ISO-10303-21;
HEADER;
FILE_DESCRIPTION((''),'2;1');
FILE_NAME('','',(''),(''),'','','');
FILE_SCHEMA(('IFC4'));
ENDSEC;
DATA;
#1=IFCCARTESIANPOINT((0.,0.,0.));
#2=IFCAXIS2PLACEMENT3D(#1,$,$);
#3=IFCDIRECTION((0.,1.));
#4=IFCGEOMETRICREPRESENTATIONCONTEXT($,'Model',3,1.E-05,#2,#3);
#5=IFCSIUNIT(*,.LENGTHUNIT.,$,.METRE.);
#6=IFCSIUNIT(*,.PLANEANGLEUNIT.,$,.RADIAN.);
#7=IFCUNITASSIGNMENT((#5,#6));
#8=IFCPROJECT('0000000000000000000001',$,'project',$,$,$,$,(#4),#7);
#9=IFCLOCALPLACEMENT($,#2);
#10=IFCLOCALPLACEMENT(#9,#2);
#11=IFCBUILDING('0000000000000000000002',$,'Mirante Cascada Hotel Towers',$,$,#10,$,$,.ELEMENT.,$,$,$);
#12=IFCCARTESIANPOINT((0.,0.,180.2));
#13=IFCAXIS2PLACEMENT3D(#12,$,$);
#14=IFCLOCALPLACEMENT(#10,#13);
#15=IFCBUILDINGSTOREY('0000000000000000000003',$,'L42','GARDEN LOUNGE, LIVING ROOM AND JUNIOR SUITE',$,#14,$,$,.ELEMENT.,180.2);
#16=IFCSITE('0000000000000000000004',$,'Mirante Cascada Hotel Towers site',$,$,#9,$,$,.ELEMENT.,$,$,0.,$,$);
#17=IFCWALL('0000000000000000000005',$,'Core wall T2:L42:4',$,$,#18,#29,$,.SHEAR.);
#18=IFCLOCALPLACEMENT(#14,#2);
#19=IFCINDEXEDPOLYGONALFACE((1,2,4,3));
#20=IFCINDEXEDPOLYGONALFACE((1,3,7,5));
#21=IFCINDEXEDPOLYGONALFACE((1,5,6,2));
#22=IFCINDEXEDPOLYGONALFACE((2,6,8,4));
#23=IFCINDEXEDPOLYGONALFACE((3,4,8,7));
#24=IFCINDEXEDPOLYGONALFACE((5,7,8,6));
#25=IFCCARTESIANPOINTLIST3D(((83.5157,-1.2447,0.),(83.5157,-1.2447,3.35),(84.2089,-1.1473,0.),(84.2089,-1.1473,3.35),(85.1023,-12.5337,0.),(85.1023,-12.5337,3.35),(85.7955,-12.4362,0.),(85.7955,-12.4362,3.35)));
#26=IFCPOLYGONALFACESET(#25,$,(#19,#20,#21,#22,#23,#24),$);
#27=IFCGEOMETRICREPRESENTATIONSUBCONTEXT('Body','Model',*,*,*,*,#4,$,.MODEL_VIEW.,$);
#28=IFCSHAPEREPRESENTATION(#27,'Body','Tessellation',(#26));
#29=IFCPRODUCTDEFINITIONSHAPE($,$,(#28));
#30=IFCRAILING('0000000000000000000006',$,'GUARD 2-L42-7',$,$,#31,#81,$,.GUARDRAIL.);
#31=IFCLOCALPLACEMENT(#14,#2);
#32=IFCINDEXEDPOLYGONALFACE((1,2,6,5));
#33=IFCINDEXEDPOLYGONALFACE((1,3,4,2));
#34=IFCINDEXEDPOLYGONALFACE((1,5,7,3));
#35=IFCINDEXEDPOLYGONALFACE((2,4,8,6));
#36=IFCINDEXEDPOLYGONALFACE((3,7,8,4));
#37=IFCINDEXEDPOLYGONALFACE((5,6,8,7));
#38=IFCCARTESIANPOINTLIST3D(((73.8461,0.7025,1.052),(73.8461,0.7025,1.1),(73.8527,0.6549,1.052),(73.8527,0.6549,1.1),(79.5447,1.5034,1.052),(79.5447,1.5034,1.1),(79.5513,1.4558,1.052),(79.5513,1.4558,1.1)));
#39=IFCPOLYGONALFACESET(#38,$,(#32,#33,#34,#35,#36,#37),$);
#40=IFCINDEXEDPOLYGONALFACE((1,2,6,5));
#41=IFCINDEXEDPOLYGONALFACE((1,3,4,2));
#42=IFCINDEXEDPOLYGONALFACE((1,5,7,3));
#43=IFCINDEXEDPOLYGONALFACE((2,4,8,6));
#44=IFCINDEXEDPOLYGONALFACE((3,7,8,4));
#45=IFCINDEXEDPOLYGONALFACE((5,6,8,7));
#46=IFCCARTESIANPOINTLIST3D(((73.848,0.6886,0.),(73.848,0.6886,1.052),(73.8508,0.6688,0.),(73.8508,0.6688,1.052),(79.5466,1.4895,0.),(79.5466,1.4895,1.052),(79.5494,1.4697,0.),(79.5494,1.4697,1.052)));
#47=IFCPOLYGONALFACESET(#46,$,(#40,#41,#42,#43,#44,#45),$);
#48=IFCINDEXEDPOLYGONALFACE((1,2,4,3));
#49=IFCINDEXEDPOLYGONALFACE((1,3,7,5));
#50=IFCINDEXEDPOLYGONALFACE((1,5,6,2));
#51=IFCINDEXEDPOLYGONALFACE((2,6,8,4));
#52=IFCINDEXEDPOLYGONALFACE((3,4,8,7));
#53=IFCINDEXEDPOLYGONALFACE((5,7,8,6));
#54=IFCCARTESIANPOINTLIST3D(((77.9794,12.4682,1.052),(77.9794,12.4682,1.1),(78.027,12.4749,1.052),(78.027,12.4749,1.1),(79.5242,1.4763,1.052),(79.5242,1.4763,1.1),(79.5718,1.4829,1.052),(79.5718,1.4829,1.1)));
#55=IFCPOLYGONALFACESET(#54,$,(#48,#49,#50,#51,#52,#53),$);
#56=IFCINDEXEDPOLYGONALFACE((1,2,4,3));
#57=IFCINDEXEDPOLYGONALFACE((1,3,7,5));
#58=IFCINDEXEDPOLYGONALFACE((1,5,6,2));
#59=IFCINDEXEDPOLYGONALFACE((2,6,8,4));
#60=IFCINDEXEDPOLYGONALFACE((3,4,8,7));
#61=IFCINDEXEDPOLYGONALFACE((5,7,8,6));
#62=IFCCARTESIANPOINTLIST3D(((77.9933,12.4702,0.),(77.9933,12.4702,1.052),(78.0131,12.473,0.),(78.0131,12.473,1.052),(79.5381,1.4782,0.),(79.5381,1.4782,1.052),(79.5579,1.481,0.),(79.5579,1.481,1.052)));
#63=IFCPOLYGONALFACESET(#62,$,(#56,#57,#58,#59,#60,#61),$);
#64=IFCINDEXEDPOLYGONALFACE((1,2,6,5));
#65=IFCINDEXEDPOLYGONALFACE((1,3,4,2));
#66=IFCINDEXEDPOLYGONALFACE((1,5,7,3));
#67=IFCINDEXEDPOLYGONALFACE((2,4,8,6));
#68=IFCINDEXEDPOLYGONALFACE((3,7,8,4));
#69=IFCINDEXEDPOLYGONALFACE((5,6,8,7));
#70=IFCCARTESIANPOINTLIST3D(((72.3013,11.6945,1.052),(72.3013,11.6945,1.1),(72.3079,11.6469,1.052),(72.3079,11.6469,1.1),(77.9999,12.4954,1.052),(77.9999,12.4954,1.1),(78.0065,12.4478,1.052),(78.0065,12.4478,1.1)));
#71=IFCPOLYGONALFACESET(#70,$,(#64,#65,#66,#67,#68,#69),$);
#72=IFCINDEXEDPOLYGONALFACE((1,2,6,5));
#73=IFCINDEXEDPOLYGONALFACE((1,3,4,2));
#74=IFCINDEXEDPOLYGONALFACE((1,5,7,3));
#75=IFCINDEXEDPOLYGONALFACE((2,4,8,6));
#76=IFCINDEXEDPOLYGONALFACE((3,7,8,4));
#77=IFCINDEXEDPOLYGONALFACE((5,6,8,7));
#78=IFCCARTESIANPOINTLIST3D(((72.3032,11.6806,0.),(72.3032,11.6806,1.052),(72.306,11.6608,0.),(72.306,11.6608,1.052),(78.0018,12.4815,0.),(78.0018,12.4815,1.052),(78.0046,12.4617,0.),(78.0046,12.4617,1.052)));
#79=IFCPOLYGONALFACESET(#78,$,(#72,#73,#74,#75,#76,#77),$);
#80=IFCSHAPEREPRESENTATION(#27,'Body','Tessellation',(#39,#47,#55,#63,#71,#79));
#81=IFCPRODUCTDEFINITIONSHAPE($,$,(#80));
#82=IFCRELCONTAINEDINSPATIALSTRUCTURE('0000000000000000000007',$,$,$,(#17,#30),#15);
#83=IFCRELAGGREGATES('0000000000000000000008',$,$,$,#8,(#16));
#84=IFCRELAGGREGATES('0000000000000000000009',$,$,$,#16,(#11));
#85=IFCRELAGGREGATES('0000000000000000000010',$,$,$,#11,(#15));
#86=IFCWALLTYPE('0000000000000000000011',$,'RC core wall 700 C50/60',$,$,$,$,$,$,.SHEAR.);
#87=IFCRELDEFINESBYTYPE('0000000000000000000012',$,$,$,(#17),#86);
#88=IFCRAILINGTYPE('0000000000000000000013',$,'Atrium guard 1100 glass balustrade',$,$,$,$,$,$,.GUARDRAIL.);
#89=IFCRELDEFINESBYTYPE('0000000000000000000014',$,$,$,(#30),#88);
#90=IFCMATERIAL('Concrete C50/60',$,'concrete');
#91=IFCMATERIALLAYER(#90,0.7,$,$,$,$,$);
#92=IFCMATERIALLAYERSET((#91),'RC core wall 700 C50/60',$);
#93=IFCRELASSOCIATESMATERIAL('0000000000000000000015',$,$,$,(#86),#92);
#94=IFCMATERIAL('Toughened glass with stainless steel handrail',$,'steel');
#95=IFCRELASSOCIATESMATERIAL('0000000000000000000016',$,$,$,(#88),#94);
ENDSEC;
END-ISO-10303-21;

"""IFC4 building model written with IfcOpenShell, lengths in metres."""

from ifc_helpers import new_model, si_unit, direction, frame, frame_2d, origin, origin_2d, place, context, subcontext, project, spatial, rectangle, extrude, material, layer, layer_set, type_object, element, save


model = new_model("IFC4")

# Units and contexts
model_context = context("Model", 3, precision=1e-05, world=origin(), true_north=direction((0.0, 1.0)))
body_context = subcontext(model_context, "Body", "Model", "MODEL_VIEW")
ifc_project = project(units=[si_unit("LENGTHUNIT", "METRE"), si_unit("PLANEANGLEUNIT", "RADIAN")], contexts=[model_context])

# Site, building, storey
site_placement = place(None, origin())
site = spatial("IfcSite", under=ifc_project, at=site_placement, Name="Mirante Cascada Hotel Towers site", CompositionType="ELEMENT", RefElevation=0.0)
building_placement = place(site_placement, origin())
building = spatial("IfcBuilding", under=site, at=building_placement, Name="Mirante Cascada Hotel Towers", CompositionType="ELEMENT")
storey_placement = place(building_placement, frame((0.0, 0.0, 180.2)))
storey = spatial("IfcBuildingStorey", under=building, at=storey_placement, Name="L42", Description="GARDEN LOUNGE, LIVING ROOM AND JUNIOR SUITE", CompositionType="ELEMENT", Elevation=180.2)

# Wall
ifc_material_1 = material(Name="Concrete C50/60", Category="concrete")
ifc_layer_1 = layer(ifc_material_1, 0.7)
ifc_layer_set_1 = layer_set([ifc_layer_1], Name="RC core wall 700 C50/60")
wall_type_1 = type_object("IfcWallType", Name="RC core wall 700 C50/60", PredefinedType="SHEAR", material=ifc_layer_set_1)
wall_1_placement = place(storey_placement, frame((85.4489, -12.485, 0.0), z_axis=(0.0, 0.0, 1.0), x_axis=(-0.139176, 0.990268, 0.0)))
element("IfcWall", 1, at=wall_1_placement, inside=storey, type_object=wall_type_1, Name="Core wall T2:L42:4", PredefinedType="SHEAR", context=body_context, shape_type="SweptSolid", body=[
    extrude(rectangle(XDim=11.3999, YDim=0.7, at=frame_2d((5.7, 0.0))), origin(), (0.0, 0.0, 1.0), 3.35),
])

# Railing
ifc_material_2 = material(Name="Toughened glass with stainless steel handrail", Category="steel")
railing_type = type_object("IfcRailingType", Name="Atrium guard 1100 glass balustrade", PredefinedType="GUARDRAIL", material=ifc_material_2)
railing_placement = place(storey_placement, frame((73.8494, 0.6787, 0.0)))
element("IfcRailing", 2, at=railing_placement, inside=storey, type_object=railing_type, Name="GUARD 2-L42-7", PredefinedType="GUARDRAIL", context=body_context, shape_type="SweptSolid", body=[
    extrude(rectangle(XDim=0.048, YDim=0.048, at=origin_2d()), frame((0.0, 0.0, 1.076), z_axis=(0.990268, 0.139176, 0.0), x_axis=(-0.139176, 0.990268, 0.0)), (0.0, 0.0, 1.0), 5.7546),
    extrude(rectangle(XDim=0.02, YDim=1.052, at=origin_2d()), frame((0.0, 0.0, 0.526), z_axis=(0.990268, 0.139176, 0.0), x_axis=(-0.139176, 0.990268, 0.0)), (0.0, 0.0, 1.0), 5.7546),
    extrude(rectangle(XDim=0.048, YDim=0.048, at=origin_2d()), frame((5.6986, 0.8009, 1.076), z_axis=(-0.139171, 0.990268, 0.0), x_axis=(-0.990268, -0.139171, 0.0)), (0.0, 0.0, 1.0), 11.1),
    extrude(rectangle(XDim=0.02, YDim=1.052, at=origin_2d()), frame((5.6986, 0.8009, 0.526), z_axis=(-0.139171, 0.990268, 0.0), x_axis=(-0.990268, -0.139171, 0.0)), (0.0, 0.0, 1.0), 11.1),
    extrude(rectangle(XDim=0.048, YDim=0.048, at=origin_2d()), frame((4.1538, 11.7929, 1.076), z_axis=(-0.990268, -0.139176, 0.0), x_axis=(0.139176, -0.990268, 0.0)), (0.0, 0.0, 1.0), 5.7546),
    extrude(rectangle(XDim=0.02, YDim=1.052, at=origin_2d()), frame((4.1538, 11.7929, 0.526), z_axis=(-0.990268, -0.139176, 0.0), x_axis=(0.139176, -0.990268, 0.0)), (0.0, 0.0, 1.0), 5.7546),
])

save(model, "model.ifc")
